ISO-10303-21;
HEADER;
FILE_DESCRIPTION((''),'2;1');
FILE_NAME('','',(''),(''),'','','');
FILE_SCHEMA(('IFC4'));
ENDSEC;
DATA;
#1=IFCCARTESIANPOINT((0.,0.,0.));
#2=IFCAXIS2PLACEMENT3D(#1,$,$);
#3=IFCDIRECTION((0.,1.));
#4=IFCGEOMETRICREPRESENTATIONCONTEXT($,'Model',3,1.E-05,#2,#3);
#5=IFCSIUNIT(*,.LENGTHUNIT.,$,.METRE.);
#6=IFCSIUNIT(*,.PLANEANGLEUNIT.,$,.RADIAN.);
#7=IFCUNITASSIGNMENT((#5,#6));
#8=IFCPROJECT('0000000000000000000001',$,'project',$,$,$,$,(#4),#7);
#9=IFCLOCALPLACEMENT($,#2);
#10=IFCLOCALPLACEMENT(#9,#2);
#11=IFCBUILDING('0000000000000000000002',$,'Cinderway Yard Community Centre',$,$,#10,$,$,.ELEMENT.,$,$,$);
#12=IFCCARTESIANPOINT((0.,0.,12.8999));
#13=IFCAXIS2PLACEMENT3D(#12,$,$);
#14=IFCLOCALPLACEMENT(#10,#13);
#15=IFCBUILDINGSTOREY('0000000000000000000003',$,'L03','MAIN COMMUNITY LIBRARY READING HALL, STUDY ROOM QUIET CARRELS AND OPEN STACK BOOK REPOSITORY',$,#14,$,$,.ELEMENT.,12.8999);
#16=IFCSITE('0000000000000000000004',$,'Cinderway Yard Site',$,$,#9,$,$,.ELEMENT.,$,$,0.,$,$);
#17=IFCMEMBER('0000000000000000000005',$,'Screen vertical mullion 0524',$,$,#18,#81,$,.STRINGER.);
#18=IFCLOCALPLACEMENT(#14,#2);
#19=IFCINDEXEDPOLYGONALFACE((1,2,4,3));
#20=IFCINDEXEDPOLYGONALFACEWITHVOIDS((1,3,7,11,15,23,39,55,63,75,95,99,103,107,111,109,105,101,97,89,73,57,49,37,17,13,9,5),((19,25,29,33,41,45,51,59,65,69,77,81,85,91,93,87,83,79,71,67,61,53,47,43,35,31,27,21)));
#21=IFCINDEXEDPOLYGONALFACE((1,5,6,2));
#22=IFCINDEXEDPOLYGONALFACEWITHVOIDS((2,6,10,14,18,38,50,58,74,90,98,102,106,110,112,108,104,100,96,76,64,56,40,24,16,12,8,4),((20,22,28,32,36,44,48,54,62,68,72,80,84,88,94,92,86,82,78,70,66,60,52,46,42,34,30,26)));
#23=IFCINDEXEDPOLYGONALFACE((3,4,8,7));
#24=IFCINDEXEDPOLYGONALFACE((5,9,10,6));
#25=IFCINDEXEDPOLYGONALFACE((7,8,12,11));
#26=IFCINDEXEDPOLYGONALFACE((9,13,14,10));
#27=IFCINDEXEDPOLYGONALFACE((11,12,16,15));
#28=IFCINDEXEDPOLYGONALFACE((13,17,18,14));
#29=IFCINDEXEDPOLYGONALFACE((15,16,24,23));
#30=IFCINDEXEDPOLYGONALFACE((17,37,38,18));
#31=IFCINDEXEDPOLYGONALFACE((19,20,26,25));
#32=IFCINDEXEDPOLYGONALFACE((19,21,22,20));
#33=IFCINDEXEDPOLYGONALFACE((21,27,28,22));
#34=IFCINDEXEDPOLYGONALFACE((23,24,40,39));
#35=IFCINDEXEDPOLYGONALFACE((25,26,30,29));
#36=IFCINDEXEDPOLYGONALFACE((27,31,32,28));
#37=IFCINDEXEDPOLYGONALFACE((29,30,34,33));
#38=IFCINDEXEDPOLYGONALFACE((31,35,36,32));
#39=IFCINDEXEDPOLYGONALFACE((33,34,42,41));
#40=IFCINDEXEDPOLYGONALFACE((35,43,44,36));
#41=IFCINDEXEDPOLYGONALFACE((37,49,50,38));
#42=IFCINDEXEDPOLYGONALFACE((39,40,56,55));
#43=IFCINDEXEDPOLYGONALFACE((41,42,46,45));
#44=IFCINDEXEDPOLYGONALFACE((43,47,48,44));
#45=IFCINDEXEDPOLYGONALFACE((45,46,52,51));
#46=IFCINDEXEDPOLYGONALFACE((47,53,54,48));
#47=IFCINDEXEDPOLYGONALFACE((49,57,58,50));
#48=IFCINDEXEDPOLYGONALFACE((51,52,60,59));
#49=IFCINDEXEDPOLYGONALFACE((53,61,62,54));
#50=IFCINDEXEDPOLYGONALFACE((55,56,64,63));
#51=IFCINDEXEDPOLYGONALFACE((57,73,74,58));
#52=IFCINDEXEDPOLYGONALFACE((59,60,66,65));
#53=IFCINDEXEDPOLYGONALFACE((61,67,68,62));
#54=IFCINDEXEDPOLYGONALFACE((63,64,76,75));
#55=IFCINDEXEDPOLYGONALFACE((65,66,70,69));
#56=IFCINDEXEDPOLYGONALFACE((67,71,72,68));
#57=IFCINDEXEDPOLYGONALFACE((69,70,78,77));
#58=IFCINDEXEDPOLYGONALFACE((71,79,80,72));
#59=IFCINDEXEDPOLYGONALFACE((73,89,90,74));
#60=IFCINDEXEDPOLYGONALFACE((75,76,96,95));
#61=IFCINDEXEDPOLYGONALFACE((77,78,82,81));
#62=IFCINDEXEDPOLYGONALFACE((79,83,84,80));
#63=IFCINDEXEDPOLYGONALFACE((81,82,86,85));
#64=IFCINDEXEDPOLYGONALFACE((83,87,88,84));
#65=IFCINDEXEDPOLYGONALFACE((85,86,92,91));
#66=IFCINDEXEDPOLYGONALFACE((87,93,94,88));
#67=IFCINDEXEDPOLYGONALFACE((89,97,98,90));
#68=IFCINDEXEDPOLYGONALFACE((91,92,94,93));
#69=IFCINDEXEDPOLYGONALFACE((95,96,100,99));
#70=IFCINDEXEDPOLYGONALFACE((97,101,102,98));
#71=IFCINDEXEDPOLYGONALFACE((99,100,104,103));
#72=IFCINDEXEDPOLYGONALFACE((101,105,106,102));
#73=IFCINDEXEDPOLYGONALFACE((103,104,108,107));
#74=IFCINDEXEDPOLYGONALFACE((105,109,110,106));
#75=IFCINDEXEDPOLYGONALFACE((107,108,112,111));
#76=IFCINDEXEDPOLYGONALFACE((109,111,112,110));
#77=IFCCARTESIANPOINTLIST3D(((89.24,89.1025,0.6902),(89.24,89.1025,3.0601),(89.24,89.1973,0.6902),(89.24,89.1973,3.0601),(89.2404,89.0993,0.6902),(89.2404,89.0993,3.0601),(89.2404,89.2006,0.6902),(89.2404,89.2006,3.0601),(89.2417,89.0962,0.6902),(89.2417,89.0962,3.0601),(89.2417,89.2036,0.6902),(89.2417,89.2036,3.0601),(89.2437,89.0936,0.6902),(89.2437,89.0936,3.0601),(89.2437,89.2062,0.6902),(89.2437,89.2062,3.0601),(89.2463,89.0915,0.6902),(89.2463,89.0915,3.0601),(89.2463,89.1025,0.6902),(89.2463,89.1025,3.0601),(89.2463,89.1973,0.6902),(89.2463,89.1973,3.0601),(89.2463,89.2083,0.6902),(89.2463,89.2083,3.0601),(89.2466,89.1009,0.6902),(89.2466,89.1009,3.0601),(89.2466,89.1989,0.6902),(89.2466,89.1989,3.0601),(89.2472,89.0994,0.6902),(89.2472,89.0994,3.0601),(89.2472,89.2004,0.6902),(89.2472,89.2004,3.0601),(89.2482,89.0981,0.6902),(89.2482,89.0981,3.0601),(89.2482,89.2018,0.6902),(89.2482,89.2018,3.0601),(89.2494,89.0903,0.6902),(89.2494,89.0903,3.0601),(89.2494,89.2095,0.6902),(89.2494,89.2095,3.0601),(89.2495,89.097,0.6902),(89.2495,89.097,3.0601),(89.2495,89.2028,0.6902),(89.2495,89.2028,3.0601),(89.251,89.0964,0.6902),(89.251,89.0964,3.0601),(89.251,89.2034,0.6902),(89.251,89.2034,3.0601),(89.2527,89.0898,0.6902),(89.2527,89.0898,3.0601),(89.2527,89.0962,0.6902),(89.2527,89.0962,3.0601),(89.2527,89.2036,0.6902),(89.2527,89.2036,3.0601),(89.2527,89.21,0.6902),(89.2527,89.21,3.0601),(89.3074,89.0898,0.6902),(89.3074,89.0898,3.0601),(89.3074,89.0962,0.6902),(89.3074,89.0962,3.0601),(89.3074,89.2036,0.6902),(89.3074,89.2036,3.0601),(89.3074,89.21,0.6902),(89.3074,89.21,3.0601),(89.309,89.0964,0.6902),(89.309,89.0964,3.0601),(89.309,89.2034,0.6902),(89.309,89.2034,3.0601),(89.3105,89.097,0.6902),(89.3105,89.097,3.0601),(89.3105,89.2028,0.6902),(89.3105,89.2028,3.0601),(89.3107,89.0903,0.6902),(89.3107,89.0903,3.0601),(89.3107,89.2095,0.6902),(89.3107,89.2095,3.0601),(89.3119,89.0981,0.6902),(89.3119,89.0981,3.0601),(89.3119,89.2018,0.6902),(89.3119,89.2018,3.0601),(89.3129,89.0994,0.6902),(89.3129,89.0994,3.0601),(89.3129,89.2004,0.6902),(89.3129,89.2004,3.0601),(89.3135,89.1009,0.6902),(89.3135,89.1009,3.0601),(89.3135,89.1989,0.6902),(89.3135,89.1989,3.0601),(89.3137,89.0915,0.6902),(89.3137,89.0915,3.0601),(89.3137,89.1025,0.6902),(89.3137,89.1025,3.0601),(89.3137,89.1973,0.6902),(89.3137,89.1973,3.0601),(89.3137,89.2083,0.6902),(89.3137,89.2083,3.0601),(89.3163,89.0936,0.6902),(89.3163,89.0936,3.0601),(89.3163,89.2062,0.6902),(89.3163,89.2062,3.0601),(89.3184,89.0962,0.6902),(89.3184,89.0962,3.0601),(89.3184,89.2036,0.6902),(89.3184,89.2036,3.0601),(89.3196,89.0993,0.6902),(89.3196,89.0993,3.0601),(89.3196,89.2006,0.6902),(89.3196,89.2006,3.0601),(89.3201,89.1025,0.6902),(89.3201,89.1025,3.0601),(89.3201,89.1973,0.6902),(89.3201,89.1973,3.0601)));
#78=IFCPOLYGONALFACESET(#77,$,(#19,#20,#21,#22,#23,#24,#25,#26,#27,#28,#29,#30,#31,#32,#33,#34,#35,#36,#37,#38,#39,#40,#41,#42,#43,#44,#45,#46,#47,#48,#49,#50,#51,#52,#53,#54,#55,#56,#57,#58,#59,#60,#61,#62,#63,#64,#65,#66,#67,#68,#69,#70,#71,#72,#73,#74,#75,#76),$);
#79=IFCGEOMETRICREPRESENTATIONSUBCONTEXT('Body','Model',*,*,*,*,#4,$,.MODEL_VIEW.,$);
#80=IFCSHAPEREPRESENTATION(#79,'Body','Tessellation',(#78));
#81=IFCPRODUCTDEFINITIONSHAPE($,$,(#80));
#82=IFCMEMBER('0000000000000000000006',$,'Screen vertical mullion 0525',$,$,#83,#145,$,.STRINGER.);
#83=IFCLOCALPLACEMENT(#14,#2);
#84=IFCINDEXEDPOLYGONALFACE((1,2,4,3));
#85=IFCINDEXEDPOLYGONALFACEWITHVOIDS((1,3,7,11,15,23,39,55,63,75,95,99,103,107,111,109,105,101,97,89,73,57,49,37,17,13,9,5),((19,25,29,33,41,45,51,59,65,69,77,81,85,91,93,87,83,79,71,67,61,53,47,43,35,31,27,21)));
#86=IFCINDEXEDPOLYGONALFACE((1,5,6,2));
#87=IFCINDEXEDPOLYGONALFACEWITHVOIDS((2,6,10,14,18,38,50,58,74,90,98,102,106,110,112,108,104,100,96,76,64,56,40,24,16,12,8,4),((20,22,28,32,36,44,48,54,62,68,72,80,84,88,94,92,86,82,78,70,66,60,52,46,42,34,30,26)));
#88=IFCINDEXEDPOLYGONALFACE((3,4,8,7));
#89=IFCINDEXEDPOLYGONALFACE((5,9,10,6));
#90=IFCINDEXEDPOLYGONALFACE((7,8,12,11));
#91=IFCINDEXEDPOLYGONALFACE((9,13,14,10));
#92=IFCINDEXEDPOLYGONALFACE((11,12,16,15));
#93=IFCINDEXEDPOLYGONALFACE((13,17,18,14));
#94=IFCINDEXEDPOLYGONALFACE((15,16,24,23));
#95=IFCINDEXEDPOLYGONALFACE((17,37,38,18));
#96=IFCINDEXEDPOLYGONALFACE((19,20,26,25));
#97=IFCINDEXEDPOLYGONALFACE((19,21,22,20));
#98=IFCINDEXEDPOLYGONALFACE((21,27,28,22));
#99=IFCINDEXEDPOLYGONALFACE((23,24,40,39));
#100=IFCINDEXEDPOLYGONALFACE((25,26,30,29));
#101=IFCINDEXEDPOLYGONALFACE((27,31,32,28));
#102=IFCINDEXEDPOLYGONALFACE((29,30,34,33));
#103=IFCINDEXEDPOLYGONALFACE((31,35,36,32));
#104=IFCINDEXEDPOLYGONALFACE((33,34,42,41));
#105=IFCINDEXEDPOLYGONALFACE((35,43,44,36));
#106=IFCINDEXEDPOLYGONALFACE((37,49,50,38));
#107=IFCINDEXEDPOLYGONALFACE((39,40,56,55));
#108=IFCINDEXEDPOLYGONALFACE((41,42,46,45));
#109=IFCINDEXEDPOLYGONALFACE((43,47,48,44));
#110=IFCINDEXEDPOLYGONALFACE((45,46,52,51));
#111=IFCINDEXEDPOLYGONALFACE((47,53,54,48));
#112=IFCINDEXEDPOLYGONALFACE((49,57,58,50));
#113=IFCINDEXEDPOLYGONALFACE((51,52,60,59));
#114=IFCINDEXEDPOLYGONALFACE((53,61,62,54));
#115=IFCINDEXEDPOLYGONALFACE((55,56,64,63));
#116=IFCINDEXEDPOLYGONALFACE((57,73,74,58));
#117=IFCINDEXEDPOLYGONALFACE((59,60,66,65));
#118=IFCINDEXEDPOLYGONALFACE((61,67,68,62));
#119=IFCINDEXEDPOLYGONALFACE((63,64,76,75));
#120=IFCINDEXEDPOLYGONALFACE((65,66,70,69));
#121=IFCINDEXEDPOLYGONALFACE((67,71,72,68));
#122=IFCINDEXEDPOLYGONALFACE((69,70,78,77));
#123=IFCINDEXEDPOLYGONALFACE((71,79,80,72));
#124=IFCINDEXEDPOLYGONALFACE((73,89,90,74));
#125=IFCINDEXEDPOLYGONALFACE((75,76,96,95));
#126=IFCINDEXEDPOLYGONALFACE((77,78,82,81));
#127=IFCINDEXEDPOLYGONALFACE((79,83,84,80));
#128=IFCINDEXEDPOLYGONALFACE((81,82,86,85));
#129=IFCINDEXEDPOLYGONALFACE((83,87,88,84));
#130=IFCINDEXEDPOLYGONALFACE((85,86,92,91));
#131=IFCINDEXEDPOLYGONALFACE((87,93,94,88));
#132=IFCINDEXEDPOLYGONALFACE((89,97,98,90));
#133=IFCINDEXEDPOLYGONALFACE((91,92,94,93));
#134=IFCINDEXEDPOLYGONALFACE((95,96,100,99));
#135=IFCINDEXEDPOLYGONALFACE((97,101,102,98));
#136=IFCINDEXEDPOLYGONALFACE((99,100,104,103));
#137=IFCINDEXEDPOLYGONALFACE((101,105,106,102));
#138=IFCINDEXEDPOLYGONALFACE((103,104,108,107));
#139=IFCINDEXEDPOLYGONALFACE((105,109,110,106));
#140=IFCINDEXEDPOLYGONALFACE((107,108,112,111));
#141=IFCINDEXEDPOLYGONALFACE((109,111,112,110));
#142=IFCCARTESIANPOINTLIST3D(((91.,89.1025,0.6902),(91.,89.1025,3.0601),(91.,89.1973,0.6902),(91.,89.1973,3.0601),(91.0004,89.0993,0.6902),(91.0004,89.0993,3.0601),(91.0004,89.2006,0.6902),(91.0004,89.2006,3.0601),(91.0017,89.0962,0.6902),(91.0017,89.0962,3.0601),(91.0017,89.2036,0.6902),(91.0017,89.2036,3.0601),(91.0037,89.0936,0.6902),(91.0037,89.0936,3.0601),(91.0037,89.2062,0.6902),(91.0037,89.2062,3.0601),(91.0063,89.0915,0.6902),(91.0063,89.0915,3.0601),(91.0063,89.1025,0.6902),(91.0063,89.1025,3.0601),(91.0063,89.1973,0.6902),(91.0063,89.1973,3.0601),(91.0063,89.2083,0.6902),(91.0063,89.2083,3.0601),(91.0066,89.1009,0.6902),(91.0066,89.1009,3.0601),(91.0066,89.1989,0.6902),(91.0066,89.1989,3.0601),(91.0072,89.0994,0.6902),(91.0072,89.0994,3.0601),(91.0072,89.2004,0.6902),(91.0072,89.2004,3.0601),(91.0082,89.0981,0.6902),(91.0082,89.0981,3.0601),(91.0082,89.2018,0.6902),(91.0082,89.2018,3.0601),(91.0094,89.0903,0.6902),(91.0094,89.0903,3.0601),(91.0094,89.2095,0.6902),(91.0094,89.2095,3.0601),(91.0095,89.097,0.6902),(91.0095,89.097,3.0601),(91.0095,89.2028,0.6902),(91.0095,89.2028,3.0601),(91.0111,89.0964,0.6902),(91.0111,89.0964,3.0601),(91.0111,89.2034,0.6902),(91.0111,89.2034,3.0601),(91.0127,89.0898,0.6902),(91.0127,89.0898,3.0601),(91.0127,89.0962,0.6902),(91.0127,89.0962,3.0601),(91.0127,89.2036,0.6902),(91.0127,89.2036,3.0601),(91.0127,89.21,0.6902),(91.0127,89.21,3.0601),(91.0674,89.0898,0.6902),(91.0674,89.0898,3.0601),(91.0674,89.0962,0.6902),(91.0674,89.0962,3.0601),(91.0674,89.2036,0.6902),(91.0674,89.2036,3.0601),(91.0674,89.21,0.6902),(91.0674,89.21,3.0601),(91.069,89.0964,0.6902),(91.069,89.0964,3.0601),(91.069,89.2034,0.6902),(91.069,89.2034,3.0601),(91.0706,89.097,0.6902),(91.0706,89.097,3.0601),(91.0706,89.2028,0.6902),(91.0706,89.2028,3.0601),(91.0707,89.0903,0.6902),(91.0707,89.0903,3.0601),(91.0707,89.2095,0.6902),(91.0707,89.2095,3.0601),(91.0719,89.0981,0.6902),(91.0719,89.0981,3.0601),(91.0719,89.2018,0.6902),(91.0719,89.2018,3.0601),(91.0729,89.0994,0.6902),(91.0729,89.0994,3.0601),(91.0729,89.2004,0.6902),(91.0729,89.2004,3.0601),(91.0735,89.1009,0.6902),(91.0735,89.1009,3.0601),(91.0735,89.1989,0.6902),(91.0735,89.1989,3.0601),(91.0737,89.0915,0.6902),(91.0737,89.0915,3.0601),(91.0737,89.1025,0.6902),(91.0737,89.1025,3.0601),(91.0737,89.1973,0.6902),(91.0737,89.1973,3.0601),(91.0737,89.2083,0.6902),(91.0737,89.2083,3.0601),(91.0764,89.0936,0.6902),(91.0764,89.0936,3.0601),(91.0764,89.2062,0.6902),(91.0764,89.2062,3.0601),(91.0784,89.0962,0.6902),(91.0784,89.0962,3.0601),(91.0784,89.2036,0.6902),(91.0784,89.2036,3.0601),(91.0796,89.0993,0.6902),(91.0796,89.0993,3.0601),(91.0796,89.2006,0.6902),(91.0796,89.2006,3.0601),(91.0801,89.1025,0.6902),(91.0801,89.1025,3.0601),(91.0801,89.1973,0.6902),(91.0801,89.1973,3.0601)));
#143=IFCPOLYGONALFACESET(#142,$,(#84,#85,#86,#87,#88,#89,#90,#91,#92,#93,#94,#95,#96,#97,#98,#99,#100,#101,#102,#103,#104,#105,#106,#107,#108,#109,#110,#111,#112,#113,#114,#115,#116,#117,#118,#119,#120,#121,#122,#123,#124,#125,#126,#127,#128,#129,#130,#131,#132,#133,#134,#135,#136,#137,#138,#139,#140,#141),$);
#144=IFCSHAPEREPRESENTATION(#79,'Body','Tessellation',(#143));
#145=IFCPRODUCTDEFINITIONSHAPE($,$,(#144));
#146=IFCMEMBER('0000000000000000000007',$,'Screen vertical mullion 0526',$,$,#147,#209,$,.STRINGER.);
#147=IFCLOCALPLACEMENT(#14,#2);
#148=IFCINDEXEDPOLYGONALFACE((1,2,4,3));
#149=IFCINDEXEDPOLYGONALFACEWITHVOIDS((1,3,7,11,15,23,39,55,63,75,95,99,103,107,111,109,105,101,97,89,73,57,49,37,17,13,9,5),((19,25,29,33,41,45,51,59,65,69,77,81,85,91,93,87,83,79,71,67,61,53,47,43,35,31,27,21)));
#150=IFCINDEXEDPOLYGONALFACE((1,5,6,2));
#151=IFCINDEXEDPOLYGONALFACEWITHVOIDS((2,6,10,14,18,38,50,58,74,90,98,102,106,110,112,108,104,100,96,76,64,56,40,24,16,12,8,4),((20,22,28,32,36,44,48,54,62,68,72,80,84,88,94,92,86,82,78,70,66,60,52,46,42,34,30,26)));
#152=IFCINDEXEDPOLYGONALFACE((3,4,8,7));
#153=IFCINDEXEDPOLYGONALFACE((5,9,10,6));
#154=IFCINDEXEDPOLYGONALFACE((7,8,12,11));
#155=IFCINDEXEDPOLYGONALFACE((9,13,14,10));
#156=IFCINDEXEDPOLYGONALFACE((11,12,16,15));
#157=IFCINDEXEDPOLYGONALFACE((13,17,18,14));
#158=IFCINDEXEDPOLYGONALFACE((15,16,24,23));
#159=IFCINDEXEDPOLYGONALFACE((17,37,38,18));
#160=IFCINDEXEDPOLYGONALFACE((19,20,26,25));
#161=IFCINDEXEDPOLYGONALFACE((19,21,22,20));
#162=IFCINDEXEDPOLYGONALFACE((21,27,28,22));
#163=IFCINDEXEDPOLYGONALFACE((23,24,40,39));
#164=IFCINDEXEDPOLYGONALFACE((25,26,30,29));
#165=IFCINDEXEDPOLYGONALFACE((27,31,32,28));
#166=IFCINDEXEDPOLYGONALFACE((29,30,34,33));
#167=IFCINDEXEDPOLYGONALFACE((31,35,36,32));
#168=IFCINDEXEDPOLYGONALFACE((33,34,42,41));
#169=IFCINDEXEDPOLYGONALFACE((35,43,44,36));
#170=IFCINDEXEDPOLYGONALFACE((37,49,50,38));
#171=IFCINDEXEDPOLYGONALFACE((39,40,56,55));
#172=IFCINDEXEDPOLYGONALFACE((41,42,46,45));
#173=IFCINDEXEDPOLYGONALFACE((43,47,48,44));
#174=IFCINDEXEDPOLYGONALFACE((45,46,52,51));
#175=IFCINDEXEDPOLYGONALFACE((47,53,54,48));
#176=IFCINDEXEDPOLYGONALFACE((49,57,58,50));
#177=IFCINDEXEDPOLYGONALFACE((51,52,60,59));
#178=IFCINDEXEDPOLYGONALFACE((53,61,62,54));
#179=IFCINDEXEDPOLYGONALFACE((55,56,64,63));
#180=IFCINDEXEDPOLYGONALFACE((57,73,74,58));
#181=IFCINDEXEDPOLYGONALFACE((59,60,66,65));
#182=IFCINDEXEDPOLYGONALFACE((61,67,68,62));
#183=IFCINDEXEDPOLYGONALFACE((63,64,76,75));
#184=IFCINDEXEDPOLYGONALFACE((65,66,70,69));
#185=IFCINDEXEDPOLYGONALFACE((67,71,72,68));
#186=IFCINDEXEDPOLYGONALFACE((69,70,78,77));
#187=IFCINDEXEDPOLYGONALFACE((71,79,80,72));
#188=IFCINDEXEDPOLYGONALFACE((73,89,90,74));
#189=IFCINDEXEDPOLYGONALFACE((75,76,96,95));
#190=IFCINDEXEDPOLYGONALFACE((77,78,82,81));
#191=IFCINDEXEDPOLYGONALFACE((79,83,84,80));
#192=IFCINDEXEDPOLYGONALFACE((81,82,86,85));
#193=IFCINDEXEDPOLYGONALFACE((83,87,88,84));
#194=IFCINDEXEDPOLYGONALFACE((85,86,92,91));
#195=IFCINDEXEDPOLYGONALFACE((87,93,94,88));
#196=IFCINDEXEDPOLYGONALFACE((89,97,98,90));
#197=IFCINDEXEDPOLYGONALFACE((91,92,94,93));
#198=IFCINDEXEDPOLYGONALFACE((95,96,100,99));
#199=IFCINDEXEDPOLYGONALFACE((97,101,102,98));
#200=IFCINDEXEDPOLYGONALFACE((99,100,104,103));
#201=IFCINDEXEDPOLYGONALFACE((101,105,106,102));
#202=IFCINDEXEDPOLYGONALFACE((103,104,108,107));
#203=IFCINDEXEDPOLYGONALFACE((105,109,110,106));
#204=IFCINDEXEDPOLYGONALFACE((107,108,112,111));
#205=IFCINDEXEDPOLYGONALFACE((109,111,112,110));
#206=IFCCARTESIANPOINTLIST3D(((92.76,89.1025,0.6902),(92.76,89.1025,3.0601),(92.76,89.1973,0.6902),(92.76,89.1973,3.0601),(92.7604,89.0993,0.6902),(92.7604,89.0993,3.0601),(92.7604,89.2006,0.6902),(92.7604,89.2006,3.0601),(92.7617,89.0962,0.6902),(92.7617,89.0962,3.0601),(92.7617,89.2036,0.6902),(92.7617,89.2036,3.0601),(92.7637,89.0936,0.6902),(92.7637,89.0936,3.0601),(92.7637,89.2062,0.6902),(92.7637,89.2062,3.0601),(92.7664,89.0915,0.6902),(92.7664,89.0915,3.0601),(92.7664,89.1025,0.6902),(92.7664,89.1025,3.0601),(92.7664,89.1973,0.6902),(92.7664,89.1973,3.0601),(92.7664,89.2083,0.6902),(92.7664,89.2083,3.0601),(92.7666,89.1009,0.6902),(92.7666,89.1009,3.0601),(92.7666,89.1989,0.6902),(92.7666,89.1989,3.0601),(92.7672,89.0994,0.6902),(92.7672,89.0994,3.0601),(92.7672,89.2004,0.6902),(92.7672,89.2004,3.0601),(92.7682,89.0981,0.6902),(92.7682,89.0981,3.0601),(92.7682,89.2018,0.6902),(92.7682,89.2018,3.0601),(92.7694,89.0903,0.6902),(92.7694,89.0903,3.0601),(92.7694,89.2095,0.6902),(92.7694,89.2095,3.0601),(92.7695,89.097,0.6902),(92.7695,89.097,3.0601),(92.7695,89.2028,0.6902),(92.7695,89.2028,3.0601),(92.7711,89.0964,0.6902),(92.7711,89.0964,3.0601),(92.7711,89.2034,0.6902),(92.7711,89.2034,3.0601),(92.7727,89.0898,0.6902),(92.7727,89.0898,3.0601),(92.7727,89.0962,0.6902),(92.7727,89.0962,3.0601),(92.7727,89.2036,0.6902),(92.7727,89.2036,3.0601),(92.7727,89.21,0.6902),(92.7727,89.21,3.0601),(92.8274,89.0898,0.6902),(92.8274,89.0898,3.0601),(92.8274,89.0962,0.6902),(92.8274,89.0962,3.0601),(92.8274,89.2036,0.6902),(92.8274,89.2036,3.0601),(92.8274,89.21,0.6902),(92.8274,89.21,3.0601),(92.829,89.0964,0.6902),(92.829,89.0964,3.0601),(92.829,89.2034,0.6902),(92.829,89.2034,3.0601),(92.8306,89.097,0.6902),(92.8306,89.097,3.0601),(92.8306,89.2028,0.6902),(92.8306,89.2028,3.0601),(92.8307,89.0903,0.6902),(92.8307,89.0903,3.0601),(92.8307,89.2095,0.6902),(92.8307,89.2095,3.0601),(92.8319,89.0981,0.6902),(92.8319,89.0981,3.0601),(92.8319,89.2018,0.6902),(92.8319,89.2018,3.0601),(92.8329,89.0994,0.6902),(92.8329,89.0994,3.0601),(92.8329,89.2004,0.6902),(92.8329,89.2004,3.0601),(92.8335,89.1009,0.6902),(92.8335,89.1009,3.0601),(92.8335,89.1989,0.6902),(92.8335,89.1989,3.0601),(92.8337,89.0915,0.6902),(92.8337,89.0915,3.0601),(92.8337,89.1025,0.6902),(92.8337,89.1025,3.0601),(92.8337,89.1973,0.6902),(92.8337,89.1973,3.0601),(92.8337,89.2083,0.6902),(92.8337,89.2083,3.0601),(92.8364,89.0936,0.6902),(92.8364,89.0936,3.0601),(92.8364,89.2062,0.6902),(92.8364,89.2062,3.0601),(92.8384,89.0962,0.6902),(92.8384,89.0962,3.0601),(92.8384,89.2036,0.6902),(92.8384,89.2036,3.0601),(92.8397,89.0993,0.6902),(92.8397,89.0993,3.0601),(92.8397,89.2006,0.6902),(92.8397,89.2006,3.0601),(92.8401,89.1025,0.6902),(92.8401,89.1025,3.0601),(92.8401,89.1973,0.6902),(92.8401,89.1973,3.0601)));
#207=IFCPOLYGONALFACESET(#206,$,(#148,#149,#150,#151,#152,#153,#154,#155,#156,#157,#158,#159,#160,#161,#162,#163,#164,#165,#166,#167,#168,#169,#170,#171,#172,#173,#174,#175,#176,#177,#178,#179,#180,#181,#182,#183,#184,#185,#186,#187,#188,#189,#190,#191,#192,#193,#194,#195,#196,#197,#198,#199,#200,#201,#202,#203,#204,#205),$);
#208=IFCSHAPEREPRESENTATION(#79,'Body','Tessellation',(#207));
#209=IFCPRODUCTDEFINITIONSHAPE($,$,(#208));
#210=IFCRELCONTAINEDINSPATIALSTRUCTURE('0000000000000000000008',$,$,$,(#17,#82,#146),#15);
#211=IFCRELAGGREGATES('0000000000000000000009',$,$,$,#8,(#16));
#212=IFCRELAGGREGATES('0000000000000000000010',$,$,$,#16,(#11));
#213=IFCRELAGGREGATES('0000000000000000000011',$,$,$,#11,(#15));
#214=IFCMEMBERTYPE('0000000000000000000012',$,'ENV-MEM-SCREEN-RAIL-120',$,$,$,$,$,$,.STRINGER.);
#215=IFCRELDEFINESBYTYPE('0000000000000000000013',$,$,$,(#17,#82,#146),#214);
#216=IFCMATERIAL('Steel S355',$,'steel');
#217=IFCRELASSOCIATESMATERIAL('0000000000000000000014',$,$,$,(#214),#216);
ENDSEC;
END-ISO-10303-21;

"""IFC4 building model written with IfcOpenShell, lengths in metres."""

from ifc_helpers import new_model, si_unit, direction, frame, origin, origin_2d, place, context, subcontext, project, spatial, hollow_rectangle, extrude, material, material_profile, profile_set, type_object, element, save


model = new_model("IFC4")

# Units and contexts
model_context = context("Model", 3, precision=1e-05, world=origin(), true_north=direction((0.0, 1.0)))
body_context = subcontext(model_context, "Body", "Model", "MODEL_VIEW")
ifc_project = project(units=[si_unit("LENGTHUNIT", "METRE"), si_unit("PLANEANGLEUNIT", "RADIAN")], contexts=[model_context])

# Site, building, storey
site_placement = place(None, origin())
site = spatial("IfcSite", under=ifc_project, at=site_placement, Name="Cinderway Yard Site", CompositionType="ELEMENT", RefElevation=0.0)
building_placement = place(site_placement, origin())
building = spatial("IfcBuilding", under=site, at=building_placement, Name="Cinderway Yard Community Centre", CompositionType="ELEMENT")
storey_placement = place(building_placement, frame((0.0, 0.0, 12.8999)))
storey = spatial("IfcBuildingStorey", under=building, at=storey_placement, Name="L03", Description="MAIN COMMUNITY LIBRARY READING HALL, STUDY ROOM QUIET CARRELS AND OPEN STACK BOOK REPOSITORY", CompositionType="ELEMENT", Elevation=12.8999)

# Members
ifc_material_1 = material(Name="Steel S355", Category="steel")
ifc_material_profile = material_profile(ifc_material_1, hollow_rectangle(XDim=0.0801, YDim=0.1201, WallThickness=0.0063, InnerFilletRadius=0.0063, OuterFilletRadius=0.0127, at=origin_2d()), Name="Steel S355")
ifc_profile_set = profile_set([ifc_material_profile], Name="Steel S355")
member_type = type_object("IfcMemberType", Name="ENV-MEM-SCREEN-RAIL-120", PredefinedType="STRINGER", material=ifc_profile_set)
for number, where, z_axis, x_axis, name in (
    (1, (89.28, 89.1499, 0.6902), (0.0, 0.0, 1.0), (1.0, 0.0, 0.0), "Screen vertical mullion 0524"),
    (2, (91.04, 89.1499, 0.6902), (0.0, 0.0, 1.0), (1.0, 0.0, 0.0), "Screen vertical mullion 0525"),
    (3, (92.8, 89.1499, 0.6902), (0.0, 0.0, 1.0), (1.0, 0.0, 0.0), "Screen vertical mullion 0526"),
):
    element("IfcMember", number, at=place(storey_placement, frame(where, z_axis=z_axis, x_axis=x_axis)), inside=storey, type_object=member_type, Name=name, PredefinedType="STRINGER", context=body_context, shape_type="SweptSolid", body=[
        extrude(hollow_rectangle(XDim=0.0801, YDim=0.1201, WallThickness=0.0063, InnerFilletRadius=0.0063, OuterFilletRadius=0.0127, at=origin_2d()), origin(), (0.0, 0.0, 1.0), 2.3699),
    ])

save(model, "model.ifc")
